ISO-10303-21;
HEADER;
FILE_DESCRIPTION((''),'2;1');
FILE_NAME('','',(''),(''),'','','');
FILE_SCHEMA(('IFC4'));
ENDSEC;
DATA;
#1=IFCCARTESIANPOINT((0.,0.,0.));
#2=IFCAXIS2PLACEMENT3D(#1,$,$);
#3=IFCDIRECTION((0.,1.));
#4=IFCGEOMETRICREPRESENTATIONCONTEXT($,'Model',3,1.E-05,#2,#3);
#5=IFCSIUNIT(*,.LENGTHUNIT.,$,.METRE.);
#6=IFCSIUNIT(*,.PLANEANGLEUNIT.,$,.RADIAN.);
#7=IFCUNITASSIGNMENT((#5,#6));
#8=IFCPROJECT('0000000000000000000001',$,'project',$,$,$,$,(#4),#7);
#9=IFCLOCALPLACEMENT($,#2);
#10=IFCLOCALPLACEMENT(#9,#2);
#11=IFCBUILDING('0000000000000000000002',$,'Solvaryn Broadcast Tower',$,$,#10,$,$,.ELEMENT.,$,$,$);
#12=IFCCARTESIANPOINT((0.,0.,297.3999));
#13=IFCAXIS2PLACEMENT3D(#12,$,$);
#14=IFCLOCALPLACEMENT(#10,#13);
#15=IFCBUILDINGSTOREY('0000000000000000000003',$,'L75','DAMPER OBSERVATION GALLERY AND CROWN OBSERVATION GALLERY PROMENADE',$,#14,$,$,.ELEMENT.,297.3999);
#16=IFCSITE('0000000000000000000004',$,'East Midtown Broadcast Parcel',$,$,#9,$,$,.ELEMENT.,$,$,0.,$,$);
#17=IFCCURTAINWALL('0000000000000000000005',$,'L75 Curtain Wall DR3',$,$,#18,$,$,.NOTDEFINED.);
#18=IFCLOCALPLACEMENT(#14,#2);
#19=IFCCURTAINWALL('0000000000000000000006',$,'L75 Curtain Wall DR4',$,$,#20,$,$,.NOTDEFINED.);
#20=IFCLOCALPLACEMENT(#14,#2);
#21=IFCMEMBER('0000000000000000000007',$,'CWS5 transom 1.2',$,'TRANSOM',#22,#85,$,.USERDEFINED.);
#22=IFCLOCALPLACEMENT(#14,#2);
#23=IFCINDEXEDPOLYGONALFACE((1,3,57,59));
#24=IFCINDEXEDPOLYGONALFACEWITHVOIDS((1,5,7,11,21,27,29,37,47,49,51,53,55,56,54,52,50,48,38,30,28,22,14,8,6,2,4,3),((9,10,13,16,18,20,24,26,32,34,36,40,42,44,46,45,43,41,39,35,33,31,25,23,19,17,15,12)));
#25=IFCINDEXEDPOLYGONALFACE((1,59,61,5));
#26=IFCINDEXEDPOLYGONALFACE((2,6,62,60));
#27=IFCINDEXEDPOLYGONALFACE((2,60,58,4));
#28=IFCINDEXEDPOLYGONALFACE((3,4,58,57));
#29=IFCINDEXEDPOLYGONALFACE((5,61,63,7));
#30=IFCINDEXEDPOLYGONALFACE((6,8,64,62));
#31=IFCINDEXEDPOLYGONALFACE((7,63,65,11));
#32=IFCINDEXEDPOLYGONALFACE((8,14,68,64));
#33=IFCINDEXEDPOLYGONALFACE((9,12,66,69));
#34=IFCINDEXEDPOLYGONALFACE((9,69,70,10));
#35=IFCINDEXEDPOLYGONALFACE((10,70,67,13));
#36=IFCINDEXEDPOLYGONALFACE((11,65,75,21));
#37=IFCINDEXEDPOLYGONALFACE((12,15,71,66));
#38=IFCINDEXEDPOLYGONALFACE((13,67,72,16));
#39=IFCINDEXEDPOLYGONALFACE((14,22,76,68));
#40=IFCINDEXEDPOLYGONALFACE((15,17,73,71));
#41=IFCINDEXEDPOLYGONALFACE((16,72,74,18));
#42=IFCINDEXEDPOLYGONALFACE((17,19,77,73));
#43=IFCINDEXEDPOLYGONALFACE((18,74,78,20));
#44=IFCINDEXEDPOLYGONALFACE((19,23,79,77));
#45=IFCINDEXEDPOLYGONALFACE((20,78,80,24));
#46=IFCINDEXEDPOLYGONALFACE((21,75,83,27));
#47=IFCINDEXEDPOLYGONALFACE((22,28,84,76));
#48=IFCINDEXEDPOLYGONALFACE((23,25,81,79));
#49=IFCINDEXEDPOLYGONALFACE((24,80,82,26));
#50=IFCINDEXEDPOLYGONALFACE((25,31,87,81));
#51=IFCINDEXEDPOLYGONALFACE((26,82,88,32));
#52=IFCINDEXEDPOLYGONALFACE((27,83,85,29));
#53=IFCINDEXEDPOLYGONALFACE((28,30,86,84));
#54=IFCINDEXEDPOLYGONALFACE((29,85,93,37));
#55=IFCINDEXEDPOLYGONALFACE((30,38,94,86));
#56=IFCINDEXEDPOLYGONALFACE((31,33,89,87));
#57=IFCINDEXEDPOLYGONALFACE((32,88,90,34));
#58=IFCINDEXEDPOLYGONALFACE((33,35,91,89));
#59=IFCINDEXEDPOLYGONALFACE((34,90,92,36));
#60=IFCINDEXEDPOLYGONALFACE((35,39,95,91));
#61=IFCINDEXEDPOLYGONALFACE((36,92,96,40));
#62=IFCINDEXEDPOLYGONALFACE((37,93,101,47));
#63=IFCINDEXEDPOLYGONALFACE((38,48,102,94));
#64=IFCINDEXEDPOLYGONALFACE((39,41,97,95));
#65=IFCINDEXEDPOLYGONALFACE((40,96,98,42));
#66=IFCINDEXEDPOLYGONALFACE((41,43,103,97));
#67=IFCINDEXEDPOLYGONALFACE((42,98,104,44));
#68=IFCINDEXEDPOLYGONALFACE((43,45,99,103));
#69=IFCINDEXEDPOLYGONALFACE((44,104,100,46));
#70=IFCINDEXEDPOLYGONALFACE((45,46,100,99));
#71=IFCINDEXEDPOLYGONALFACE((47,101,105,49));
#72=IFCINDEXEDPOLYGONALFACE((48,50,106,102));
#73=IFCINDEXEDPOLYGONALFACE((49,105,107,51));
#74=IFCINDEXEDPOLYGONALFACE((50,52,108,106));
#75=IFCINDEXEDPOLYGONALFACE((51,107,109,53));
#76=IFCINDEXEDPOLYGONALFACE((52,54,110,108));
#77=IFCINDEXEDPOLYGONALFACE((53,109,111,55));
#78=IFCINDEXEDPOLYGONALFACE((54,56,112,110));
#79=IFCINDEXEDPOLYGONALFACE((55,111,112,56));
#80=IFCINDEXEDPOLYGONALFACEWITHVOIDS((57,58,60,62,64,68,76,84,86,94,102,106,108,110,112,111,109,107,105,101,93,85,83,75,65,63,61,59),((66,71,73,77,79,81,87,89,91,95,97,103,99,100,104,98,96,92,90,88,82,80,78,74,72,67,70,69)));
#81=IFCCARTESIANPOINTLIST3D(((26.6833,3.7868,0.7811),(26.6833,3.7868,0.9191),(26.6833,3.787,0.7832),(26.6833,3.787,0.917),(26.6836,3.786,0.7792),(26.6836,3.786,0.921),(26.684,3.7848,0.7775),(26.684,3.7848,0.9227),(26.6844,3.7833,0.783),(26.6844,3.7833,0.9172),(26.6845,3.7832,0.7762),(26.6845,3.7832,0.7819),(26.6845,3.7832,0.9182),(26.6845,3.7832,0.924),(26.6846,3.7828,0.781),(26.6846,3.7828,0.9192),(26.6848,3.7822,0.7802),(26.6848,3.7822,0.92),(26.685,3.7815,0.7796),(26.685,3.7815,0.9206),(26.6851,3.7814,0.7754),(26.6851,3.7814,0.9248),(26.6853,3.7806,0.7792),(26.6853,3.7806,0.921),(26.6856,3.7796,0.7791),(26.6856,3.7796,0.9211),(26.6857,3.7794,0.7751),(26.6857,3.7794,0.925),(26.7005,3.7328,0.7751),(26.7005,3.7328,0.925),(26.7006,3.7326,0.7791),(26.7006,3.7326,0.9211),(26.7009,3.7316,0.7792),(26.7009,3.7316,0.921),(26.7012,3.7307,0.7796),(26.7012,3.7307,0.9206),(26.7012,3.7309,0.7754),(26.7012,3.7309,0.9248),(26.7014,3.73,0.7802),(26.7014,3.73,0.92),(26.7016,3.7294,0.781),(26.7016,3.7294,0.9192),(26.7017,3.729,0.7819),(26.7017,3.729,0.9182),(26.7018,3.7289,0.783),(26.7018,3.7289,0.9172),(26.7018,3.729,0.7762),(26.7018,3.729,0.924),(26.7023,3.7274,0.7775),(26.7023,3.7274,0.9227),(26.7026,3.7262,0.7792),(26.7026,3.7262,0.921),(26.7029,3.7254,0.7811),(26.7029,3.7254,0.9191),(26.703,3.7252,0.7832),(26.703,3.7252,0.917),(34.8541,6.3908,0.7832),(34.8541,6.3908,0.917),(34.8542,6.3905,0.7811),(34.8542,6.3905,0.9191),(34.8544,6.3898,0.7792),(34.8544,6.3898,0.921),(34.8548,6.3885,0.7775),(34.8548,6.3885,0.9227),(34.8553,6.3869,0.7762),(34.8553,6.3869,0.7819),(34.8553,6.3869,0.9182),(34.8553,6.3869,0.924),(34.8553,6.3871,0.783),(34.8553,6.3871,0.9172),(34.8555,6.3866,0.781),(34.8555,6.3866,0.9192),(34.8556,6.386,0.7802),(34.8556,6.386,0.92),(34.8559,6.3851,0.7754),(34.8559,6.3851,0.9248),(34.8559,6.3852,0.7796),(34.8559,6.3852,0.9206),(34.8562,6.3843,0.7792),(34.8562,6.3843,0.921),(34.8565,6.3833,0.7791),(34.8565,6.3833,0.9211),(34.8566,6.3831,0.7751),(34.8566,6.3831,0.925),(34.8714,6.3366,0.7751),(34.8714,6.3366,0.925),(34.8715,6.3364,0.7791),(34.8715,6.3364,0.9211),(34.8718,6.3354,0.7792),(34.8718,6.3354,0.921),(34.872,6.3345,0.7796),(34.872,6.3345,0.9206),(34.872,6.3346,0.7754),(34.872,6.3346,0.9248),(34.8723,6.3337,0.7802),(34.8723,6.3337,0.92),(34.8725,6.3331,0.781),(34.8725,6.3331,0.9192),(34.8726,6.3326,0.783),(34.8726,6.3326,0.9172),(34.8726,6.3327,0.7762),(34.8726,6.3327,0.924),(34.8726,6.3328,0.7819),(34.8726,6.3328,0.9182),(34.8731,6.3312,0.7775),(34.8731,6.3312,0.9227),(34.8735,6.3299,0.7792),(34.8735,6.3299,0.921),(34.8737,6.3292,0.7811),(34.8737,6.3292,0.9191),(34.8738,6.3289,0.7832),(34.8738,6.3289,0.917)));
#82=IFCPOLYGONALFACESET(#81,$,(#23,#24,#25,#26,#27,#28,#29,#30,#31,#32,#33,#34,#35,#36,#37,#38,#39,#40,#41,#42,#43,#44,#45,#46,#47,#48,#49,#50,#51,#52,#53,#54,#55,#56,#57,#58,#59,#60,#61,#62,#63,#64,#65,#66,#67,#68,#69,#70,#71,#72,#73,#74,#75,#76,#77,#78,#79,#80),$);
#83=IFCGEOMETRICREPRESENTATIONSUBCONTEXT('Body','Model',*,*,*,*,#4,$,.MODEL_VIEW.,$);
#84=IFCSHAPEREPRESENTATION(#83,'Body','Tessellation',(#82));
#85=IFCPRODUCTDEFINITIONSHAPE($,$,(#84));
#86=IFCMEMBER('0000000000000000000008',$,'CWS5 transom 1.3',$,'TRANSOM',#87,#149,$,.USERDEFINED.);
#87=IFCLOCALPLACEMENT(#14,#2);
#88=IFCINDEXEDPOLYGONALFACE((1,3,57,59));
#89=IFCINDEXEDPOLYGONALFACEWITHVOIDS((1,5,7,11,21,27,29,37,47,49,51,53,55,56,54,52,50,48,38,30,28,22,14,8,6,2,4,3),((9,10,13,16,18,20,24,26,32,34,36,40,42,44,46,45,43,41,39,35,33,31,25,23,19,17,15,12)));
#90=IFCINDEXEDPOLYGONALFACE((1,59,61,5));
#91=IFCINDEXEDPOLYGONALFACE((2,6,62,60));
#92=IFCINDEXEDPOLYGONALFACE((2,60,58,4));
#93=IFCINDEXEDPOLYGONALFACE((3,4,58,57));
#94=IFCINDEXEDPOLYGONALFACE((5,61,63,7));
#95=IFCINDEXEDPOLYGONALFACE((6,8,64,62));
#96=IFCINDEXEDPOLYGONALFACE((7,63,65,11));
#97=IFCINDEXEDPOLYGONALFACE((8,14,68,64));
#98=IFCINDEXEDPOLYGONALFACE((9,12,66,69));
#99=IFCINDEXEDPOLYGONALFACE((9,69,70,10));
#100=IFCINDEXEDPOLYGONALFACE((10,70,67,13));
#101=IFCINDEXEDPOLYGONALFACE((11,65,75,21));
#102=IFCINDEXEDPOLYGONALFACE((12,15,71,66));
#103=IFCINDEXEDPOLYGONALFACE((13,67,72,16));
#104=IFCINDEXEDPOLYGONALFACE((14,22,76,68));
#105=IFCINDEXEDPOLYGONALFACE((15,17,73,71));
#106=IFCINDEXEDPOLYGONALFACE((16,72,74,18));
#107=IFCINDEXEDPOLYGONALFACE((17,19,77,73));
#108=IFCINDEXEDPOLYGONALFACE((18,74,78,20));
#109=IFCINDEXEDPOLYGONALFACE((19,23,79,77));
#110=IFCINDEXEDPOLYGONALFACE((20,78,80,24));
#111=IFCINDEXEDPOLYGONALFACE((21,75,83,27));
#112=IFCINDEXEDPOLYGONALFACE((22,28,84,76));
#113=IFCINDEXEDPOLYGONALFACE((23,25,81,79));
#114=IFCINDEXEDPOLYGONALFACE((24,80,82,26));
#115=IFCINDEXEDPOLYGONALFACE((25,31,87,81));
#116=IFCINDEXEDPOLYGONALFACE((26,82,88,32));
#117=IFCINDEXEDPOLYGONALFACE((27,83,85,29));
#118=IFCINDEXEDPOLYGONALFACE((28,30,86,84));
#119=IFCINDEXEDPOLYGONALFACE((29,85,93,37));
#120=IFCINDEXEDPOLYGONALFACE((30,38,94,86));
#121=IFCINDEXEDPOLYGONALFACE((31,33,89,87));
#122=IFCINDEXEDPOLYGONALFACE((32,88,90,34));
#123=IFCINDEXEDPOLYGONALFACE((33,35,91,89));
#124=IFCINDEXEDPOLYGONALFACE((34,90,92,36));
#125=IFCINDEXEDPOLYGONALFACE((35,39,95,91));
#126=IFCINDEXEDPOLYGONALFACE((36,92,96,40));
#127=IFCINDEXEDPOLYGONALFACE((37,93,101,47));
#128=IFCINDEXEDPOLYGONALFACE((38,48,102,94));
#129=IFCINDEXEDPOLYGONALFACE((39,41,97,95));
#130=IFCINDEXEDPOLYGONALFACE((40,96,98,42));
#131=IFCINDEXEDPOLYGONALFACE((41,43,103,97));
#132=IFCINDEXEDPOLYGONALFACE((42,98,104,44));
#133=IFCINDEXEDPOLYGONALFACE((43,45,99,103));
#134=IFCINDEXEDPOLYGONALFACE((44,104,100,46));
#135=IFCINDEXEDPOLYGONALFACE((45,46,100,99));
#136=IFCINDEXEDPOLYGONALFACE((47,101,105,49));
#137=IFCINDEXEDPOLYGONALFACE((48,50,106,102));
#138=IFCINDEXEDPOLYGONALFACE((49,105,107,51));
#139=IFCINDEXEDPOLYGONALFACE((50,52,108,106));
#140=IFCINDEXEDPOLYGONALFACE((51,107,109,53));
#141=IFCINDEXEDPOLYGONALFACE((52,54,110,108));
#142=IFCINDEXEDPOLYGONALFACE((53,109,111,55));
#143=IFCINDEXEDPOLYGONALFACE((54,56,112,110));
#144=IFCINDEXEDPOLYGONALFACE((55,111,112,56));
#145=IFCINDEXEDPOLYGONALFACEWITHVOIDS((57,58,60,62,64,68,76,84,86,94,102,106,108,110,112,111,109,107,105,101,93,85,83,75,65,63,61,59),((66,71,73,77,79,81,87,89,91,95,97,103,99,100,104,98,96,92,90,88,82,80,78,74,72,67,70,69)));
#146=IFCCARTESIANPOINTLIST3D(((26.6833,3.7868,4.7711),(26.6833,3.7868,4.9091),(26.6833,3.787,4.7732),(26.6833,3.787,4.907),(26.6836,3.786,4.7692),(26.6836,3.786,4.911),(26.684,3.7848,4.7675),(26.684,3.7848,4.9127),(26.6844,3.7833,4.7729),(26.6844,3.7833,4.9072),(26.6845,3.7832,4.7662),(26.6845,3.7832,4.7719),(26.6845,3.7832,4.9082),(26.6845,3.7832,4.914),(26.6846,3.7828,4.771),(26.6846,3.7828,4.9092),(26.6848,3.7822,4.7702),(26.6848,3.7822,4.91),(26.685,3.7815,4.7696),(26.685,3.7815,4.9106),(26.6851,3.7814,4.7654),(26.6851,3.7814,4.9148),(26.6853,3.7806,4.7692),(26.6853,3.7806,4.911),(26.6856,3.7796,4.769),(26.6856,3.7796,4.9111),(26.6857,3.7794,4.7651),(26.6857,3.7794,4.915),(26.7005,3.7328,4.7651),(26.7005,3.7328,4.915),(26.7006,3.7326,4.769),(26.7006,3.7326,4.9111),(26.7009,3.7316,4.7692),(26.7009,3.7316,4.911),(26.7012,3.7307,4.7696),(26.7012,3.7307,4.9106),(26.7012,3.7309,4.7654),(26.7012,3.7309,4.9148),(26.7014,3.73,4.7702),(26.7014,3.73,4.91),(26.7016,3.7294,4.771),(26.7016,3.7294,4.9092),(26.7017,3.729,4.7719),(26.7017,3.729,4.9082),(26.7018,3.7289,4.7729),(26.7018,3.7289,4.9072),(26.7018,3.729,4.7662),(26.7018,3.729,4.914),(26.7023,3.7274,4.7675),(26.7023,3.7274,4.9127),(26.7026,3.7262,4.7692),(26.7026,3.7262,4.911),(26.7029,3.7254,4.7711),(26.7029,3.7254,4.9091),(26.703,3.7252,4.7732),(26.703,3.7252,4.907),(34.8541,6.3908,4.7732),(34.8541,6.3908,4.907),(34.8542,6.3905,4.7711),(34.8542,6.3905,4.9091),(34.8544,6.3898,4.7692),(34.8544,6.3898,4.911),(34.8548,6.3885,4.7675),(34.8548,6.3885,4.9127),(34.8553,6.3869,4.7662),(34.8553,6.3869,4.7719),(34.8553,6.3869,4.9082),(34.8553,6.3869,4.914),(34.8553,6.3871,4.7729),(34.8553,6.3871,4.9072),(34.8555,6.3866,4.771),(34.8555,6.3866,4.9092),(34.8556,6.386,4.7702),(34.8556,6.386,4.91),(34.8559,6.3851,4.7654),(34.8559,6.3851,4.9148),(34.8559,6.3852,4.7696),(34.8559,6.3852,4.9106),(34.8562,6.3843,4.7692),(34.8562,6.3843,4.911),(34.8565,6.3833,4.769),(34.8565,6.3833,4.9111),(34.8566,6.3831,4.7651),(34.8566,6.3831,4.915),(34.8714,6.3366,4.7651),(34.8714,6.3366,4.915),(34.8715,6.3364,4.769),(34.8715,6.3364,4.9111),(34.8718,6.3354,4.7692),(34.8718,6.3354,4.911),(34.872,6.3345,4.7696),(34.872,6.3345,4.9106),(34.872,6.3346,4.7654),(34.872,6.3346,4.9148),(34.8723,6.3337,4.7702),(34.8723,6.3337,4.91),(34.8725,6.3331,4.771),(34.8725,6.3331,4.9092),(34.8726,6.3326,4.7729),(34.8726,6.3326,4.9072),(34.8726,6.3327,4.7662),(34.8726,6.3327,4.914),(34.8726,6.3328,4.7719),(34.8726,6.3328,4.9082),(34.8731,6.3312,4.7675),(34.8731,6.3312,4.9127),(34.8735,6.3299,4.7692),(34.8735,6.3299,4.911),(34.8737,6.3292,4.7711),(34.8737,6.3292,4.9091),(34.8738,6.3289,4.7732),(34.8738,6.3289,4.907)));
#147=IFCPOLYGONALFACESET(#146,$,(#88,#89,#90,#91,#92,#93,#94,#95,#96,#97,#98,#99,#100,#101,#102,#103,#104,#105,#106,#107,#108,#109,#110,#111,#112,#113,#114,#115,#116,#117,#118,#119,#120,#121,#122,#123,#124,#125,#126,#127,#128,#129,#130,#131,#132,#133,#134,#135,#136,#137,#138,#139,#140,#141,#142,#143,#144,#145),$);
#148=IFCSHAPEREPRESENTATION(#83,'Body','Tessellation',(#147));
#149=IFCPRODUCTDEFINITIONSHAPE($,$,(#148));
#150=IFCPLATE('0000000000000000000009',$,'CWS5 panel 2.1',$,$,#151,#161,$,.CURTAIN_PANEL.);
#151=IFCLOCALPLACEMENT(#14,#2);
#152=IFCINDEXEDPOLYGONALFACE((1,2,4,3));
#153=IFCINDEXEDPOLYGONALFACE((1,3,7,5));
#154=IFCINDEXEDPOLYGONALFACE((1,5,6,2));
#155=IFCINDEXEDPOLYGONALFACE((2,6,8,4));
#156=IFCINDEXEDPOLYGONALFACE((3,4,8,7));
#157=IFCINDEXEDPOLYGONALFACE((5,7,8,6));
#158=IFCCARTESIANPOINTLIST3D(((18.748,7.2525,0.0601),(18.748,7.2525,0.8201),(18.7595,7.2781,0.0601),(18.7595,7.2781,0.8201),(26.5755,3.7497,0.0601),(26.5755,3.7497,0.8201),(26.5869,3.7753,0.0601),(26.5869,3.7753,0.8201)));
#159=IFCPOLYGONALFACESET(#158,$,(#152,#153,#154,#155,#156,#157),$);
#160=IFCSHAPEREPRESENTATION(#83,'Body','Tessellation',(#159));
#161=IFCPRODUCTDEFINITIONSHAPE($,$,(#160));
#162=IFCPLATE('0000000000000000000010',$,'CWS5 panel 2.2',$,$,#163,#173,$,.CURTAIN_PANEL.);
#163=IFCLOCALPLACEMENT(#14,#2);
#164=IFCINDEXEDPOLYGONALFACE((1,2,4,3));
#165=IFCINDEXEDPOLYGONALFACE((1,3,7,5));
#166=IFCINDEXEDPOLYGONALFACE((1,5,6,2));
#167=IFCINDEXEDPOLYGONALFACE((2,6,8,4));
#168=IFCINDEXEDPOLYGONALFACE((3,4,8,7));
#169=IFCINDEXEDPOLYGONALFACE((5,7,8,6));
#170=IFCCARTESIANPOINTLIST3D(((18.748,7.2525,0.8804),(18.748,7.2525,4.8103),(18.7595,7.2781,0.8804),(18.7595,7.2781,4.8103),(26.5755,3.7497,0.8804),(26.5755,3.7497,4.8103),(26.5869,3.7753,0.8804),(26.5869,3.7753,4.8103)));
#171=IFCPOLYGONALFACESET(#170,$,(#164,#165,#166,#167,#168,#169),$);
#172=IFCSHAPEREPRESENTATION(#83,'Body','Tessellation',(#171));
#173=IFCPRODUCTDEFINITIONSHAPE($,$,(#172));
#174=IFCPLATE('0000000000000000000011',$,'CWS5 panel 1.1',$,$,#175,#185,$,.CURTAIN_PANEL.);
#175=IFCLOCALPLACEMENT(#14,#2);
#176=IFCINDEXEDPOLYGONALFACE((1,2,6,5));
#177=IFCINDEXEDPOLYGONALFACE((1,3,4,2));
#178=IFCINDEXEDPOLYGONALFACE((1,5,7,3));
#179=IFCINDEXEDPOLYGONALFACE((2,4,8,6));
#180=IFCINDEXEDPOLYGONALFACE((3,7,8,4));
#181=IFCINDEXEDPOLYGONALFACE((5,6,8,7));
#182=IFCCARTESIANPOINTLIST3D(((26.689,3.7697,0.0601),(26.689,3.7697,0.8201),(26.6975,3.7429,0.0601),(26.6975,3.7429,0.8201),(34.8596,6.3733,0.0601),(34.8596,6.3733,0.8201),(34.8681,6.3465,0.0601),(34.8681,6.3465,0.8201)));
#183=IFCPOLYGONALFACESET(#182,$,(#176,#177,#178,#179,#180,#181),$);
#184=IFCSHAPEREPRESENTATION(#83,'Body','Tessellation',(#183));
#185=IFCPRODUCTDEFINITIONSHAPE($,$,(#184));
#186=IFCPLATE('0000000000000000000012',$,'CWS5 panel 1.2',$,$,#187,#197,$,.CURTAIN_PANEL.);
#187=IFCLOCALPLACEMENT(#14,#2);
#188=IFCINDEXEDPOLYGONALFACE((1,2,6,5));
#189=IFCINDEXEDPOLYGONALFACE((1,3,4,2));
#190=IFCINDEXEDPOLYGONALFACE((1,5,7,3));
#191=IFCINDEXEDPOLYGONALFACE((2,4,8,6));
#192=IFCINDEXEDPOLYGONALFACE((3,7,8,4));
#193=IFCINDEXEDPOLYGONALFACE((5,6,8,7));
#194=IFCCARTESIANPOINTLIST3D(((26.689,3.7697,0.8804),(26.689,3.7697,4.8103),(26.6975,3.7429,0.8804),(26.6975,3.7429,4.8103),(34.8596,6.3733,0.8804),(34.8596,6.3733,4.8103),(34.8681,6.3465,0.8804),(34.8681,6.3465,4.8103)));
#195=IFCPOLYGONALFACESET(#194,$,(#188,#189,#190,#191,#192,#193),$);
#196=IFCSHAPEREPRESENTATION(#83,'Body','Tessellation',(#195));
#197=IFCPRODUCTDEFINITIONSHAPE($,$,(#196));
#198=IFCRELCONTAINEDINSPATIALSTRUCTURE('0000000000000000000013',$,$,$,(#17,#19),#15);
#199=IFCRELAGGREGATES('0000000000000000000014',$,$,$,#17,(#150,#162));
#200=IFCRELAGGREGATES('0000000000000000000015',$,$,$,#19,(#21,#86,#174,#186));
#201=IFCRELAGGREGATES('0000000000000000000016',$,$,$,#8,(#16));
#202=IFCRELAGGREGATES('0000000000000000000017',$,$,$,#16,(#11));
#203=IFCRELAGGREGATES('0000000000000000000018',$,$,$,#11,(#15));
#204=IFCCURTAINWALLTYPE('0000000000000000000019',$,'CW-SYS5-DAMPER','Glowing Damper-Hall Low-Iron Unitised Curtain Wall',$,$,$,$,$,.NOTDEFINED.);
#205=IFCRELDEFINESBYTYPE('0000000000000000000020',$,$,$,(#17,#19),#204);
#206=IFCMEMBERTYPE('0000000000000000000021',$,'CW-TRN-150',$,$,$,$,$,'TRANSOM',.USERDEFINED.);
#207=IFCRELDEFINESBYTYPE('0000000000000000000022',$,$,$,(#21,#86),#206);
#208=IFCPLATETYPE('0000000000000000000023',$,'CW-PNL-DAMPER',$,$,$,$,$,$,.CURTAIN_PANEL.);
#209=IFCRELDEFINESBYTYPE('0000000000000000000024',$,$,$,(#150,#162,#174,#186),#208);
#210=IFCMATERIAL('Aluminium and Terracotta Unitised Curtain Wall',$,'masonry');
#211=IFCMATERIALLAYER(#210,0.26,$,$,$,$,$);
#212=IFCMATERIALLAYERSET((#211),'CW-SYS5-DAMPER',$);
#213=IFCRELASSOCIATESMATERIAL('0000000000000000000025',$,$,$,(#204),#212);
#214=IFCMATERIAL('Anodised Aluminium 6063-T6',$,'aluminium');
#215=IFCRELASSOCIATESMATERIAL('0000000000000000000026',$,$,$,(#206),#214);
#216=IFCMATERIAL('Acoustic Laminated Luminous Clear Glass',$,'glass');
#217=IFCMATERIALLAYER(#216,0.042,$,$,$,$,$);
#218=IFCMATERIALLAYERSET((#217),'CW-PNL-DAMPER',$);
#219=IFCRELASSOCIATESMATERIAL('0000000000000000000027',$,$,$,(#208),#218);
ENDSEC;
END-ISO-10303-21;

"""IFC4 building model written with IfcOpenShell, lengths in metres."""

from ifc_helpers import new_model, si_unit, direction, frame, origin, origin_2d, place, context, subcontext, project, spatial, rectangle, hollow_rectangle, extrude, material, layer, layer_set, material_profile, profile_set, type_object, element, aggregate, save


model = new_model("IFC4")

# Units and contexts
model_context = context("Model", 3, precision=1e-05, world=origin(), true_north=direction((0.0, 1.0)))
body_context = subcontext(model_context, "Body", "Model", "MODEL_VIEW")
ifc_project = project(units=[si_unit("LENGTHUNIT", "METRE"), si_unit("PLANEANGLEUNIT", "RADIAN")], contexts=[model_context])

# Site, building, storey
site_placement = place(None, origin())
site = spatial("IfcSite", under=ifc_project, at=site_placement, Name="East Midtown Broadcast Parcel", CompositionType="ELEMENT", RefElevation=0.0)
building_placement = place(site_placement, origin())
building = spatial("IfcBuilding", under=site, at=building_placement, Name="Solvaryn Broadcast Tower", CompositionType="ELEMENT")
storey_placement = place(building_placement, frame((0.0, 0.0, 297.3999)))
storey = spatial("IfcBuildingStorey", under=building, at=storey_placement, Name="L75", Description="DAMPER OBSERVATION GALLERY AND CROWN OBSERVATION GALLERY PROMENADE", CompositionType="ELEMENT", Elevation=297.3999)

# Curtain walls
ifc_material_1 = material(Name="Aluminium and Terracotta Unitised Curtain Wall", Category="masonry")
ifc_layer_1 = layer(ifc_material_1, 0.26)
ifc_layer_set_1 = layer_set([ifc_layer_1], Name="CW-SYS5-DAMPER")
curtain_wall_type = type_object("IfcCurtainWallType", Name="CW-SYS5-DAMPER", Description="Glowing Damper-Hall Low-Iron Unitised Curtain Wall", PredefinedType="NOTDEFINED", material=ifc_layer_set_1)
curtain_wall_1_placement = place(storey_placement, origin())
curtain_wall_1 = element("IfcCurtainWall", 1, at=curtain_wall_1_placement, inside=storey, type_object=curtain_wall_type, Name="L75 Curtain Wall DR3", PredefinedType="NOTDEFINED")
curtain_wall_2_placement = place(storey_placement, origin())
curtain_wall_2 = element("IfcCurtainWall", 2, at=curtain_wall_2_placement, inside=storey, type_object=curtain_wall_type, Name="L75 Curtain Wall DR4", PredefinedType="NOTDEFINED")

# Members
ifc_material_2 = material(Name="Anodised Aluminium 6063-T6", Category="aluminium")
ifc_material_profile_1 = material_profile(ifc_material_2, hollow_rectangle(XDim=0.0649, YDim=0.1499, WallThickness=0.0039, InnerFilletRadius=0.0039, OuterFilletRadius=0.0081, at=origin_2d()))
ifc_profile_set_1 = profile_set([ifc_material_profile_1], Name="Anodised Aluminium 6063-T6")
member_type_1 = type_object("IfcMemberType", Name="CW-TRN-150", ElementType="TRANSOM", PredefinedType="USERDEFINED", material=ifc_profile_set_1)
member_1_placement = place(storey_placement, frame((26.6931, 3.7561, 0.8501), z_axis=(0.952793, 0.30362, 0.0), x_axis=(-0.30362, 0.952793, 0.0)))
member_1 = element("IfcMember", 3, at=member_1_placement, type_object=member_type_1, Name="CWS5 transom 1.2", ObjectType="TRANSOM", PredefinedType="USERDEFINED", context=body_context, shape_type="SweptSolid", body=[
    extrude(hollow_rectangle(XDim=0.0649, YDim=0.1499, WallThickness=0.0039, InnerFilletRadius=0.0039, OuterFilletRadius=0.0081, at=origin_2d()), origin(), (0.0, 0.0, 1.0), 8.5757),
])
member_2_placement = place(storey_placement, frame((26.6931, 3.7561, 4.8401), z_axis=(0.952793, 0.30362, 0.0), x_axis=(-0.30362, 0.952793, 0.0)))
member_2 = element("IfcMember", 4, at=member_2_placement, type_object=member_type_1, Name="CWS5 transom 1.3", ObjectType="TRANSOM", PredefinedType="USERDEFINED", context=body_context, shape_type="SweptSolid", body=[
    extrude(hollow_rectangle(XDim=0.0649, YDim=0.1499, WallThickness=0.0039, InnerFilletRadius=0.0039, OuterFilletRadius=0.0081, at=origin_2d()), origin(), (0.0, 0.0, 1.0), 8.5757),
])

# Plates
ifc_material_3 = material(Name="Acoustic Laminated Luminous Clear Glass", Category="glass")
ifc_layer_2 = layer(ifc_material_3, 0.042)
ifc_layer_set_2 = layer_set([ifc_layer_2], Name="CW-PNL-DAMPER")
plate_type = type_object("IfcPlateType", Name="CW-PNL-DAMPER", PredefinedType="CURTAIN_PANEL", material=ifc_layer_set_2)
plate_1_placement = place(storey_placement, frame((22.6675, 5.5139, 0.0601), z_axis=(0.0, 0.0, 1.0), x_axis=(0.912774, -0.408466, 0.0)))
plate_1 = element("IfcPlate", 5, at=plate_1_placement, type_object=plate_type, Name="CWS5 panel 2.1", PredefinedType="CURTAIN_PANEL", context=body_context, shape_type="SweptSolid", body=[
    extrude(rectangle(XDim=8.5754, YDim=0.0281, at=origin_2d()), origin(), (0.0, 0.0, 1.0), 0.76),
])
plate_2_placement = place(storey_placement, frame((22.6675, 5.5139, 0.8804), z_axis=(0.0, 0.0, 1.0), x_axis=(0.912774, -0.408466, 0.0)))
plate_2 = element("IfcPlate", 6, at=plate_2_placement, type_object=plate_type, Name="CWS5 panel 2.2", PredefinedType="CURTAIN_PANEL", context=body_context, shape_type="SweptSolid", body=[
    extrude(rectangle(XDim=8.5754, YDim=0.0281, at=origin_2d()), origin(), (0.0, 0.0, 1.0), 3.9299),
])
aggregate(curtain_wall_1, [plate_1, plate_2])
plate_3_placement = place(storey_placement, frame((30.7786, 5.0581, 0.0601), z_axis=(0.0, 0.0, 1.0), x_axis=(0.952795, 0.303616, 0.0)))
plate_3 = element("IfcPlate", 7, at=plate_3_placement, type_object=plate_type, Name="CWS5 panel 1.1", PredefinedType="CURTAIN_PANEL", context=body_context, shape_type="SweptSolid", body=[
    extrude(rectangle(XDim=8.5754, YDim=0.0281, at=origin_2d()), origin(), (0.0, 0.0, 1.0), 0.76),
])
plate_4_placement = place(storey_placement, frame((30.7786, 5.0581, 0.8804), z_axis=(0.0, 0.0, 1.0), x_axis=(0.952795, 0.303616, 0.0)))
plate_4 = element("IfcPlate", 8, at=plate_4_placement, type_object=plate_type, Name="CWS5 panel 1.2", PredefinedType="CURTAIN_PANEL", context=body_context, shape_type="SweptSolid", body=[
    extrude(rectangle(XDim=8.5754, YDim=0.0281, at=origin_2d()), origin(), (0.0, 0.0, 1.0), 3.9299),
])
aggregate(curtain_wall_2, [member_1, member_2, plate_3, plate_4])

save(model, "model.ifc")
